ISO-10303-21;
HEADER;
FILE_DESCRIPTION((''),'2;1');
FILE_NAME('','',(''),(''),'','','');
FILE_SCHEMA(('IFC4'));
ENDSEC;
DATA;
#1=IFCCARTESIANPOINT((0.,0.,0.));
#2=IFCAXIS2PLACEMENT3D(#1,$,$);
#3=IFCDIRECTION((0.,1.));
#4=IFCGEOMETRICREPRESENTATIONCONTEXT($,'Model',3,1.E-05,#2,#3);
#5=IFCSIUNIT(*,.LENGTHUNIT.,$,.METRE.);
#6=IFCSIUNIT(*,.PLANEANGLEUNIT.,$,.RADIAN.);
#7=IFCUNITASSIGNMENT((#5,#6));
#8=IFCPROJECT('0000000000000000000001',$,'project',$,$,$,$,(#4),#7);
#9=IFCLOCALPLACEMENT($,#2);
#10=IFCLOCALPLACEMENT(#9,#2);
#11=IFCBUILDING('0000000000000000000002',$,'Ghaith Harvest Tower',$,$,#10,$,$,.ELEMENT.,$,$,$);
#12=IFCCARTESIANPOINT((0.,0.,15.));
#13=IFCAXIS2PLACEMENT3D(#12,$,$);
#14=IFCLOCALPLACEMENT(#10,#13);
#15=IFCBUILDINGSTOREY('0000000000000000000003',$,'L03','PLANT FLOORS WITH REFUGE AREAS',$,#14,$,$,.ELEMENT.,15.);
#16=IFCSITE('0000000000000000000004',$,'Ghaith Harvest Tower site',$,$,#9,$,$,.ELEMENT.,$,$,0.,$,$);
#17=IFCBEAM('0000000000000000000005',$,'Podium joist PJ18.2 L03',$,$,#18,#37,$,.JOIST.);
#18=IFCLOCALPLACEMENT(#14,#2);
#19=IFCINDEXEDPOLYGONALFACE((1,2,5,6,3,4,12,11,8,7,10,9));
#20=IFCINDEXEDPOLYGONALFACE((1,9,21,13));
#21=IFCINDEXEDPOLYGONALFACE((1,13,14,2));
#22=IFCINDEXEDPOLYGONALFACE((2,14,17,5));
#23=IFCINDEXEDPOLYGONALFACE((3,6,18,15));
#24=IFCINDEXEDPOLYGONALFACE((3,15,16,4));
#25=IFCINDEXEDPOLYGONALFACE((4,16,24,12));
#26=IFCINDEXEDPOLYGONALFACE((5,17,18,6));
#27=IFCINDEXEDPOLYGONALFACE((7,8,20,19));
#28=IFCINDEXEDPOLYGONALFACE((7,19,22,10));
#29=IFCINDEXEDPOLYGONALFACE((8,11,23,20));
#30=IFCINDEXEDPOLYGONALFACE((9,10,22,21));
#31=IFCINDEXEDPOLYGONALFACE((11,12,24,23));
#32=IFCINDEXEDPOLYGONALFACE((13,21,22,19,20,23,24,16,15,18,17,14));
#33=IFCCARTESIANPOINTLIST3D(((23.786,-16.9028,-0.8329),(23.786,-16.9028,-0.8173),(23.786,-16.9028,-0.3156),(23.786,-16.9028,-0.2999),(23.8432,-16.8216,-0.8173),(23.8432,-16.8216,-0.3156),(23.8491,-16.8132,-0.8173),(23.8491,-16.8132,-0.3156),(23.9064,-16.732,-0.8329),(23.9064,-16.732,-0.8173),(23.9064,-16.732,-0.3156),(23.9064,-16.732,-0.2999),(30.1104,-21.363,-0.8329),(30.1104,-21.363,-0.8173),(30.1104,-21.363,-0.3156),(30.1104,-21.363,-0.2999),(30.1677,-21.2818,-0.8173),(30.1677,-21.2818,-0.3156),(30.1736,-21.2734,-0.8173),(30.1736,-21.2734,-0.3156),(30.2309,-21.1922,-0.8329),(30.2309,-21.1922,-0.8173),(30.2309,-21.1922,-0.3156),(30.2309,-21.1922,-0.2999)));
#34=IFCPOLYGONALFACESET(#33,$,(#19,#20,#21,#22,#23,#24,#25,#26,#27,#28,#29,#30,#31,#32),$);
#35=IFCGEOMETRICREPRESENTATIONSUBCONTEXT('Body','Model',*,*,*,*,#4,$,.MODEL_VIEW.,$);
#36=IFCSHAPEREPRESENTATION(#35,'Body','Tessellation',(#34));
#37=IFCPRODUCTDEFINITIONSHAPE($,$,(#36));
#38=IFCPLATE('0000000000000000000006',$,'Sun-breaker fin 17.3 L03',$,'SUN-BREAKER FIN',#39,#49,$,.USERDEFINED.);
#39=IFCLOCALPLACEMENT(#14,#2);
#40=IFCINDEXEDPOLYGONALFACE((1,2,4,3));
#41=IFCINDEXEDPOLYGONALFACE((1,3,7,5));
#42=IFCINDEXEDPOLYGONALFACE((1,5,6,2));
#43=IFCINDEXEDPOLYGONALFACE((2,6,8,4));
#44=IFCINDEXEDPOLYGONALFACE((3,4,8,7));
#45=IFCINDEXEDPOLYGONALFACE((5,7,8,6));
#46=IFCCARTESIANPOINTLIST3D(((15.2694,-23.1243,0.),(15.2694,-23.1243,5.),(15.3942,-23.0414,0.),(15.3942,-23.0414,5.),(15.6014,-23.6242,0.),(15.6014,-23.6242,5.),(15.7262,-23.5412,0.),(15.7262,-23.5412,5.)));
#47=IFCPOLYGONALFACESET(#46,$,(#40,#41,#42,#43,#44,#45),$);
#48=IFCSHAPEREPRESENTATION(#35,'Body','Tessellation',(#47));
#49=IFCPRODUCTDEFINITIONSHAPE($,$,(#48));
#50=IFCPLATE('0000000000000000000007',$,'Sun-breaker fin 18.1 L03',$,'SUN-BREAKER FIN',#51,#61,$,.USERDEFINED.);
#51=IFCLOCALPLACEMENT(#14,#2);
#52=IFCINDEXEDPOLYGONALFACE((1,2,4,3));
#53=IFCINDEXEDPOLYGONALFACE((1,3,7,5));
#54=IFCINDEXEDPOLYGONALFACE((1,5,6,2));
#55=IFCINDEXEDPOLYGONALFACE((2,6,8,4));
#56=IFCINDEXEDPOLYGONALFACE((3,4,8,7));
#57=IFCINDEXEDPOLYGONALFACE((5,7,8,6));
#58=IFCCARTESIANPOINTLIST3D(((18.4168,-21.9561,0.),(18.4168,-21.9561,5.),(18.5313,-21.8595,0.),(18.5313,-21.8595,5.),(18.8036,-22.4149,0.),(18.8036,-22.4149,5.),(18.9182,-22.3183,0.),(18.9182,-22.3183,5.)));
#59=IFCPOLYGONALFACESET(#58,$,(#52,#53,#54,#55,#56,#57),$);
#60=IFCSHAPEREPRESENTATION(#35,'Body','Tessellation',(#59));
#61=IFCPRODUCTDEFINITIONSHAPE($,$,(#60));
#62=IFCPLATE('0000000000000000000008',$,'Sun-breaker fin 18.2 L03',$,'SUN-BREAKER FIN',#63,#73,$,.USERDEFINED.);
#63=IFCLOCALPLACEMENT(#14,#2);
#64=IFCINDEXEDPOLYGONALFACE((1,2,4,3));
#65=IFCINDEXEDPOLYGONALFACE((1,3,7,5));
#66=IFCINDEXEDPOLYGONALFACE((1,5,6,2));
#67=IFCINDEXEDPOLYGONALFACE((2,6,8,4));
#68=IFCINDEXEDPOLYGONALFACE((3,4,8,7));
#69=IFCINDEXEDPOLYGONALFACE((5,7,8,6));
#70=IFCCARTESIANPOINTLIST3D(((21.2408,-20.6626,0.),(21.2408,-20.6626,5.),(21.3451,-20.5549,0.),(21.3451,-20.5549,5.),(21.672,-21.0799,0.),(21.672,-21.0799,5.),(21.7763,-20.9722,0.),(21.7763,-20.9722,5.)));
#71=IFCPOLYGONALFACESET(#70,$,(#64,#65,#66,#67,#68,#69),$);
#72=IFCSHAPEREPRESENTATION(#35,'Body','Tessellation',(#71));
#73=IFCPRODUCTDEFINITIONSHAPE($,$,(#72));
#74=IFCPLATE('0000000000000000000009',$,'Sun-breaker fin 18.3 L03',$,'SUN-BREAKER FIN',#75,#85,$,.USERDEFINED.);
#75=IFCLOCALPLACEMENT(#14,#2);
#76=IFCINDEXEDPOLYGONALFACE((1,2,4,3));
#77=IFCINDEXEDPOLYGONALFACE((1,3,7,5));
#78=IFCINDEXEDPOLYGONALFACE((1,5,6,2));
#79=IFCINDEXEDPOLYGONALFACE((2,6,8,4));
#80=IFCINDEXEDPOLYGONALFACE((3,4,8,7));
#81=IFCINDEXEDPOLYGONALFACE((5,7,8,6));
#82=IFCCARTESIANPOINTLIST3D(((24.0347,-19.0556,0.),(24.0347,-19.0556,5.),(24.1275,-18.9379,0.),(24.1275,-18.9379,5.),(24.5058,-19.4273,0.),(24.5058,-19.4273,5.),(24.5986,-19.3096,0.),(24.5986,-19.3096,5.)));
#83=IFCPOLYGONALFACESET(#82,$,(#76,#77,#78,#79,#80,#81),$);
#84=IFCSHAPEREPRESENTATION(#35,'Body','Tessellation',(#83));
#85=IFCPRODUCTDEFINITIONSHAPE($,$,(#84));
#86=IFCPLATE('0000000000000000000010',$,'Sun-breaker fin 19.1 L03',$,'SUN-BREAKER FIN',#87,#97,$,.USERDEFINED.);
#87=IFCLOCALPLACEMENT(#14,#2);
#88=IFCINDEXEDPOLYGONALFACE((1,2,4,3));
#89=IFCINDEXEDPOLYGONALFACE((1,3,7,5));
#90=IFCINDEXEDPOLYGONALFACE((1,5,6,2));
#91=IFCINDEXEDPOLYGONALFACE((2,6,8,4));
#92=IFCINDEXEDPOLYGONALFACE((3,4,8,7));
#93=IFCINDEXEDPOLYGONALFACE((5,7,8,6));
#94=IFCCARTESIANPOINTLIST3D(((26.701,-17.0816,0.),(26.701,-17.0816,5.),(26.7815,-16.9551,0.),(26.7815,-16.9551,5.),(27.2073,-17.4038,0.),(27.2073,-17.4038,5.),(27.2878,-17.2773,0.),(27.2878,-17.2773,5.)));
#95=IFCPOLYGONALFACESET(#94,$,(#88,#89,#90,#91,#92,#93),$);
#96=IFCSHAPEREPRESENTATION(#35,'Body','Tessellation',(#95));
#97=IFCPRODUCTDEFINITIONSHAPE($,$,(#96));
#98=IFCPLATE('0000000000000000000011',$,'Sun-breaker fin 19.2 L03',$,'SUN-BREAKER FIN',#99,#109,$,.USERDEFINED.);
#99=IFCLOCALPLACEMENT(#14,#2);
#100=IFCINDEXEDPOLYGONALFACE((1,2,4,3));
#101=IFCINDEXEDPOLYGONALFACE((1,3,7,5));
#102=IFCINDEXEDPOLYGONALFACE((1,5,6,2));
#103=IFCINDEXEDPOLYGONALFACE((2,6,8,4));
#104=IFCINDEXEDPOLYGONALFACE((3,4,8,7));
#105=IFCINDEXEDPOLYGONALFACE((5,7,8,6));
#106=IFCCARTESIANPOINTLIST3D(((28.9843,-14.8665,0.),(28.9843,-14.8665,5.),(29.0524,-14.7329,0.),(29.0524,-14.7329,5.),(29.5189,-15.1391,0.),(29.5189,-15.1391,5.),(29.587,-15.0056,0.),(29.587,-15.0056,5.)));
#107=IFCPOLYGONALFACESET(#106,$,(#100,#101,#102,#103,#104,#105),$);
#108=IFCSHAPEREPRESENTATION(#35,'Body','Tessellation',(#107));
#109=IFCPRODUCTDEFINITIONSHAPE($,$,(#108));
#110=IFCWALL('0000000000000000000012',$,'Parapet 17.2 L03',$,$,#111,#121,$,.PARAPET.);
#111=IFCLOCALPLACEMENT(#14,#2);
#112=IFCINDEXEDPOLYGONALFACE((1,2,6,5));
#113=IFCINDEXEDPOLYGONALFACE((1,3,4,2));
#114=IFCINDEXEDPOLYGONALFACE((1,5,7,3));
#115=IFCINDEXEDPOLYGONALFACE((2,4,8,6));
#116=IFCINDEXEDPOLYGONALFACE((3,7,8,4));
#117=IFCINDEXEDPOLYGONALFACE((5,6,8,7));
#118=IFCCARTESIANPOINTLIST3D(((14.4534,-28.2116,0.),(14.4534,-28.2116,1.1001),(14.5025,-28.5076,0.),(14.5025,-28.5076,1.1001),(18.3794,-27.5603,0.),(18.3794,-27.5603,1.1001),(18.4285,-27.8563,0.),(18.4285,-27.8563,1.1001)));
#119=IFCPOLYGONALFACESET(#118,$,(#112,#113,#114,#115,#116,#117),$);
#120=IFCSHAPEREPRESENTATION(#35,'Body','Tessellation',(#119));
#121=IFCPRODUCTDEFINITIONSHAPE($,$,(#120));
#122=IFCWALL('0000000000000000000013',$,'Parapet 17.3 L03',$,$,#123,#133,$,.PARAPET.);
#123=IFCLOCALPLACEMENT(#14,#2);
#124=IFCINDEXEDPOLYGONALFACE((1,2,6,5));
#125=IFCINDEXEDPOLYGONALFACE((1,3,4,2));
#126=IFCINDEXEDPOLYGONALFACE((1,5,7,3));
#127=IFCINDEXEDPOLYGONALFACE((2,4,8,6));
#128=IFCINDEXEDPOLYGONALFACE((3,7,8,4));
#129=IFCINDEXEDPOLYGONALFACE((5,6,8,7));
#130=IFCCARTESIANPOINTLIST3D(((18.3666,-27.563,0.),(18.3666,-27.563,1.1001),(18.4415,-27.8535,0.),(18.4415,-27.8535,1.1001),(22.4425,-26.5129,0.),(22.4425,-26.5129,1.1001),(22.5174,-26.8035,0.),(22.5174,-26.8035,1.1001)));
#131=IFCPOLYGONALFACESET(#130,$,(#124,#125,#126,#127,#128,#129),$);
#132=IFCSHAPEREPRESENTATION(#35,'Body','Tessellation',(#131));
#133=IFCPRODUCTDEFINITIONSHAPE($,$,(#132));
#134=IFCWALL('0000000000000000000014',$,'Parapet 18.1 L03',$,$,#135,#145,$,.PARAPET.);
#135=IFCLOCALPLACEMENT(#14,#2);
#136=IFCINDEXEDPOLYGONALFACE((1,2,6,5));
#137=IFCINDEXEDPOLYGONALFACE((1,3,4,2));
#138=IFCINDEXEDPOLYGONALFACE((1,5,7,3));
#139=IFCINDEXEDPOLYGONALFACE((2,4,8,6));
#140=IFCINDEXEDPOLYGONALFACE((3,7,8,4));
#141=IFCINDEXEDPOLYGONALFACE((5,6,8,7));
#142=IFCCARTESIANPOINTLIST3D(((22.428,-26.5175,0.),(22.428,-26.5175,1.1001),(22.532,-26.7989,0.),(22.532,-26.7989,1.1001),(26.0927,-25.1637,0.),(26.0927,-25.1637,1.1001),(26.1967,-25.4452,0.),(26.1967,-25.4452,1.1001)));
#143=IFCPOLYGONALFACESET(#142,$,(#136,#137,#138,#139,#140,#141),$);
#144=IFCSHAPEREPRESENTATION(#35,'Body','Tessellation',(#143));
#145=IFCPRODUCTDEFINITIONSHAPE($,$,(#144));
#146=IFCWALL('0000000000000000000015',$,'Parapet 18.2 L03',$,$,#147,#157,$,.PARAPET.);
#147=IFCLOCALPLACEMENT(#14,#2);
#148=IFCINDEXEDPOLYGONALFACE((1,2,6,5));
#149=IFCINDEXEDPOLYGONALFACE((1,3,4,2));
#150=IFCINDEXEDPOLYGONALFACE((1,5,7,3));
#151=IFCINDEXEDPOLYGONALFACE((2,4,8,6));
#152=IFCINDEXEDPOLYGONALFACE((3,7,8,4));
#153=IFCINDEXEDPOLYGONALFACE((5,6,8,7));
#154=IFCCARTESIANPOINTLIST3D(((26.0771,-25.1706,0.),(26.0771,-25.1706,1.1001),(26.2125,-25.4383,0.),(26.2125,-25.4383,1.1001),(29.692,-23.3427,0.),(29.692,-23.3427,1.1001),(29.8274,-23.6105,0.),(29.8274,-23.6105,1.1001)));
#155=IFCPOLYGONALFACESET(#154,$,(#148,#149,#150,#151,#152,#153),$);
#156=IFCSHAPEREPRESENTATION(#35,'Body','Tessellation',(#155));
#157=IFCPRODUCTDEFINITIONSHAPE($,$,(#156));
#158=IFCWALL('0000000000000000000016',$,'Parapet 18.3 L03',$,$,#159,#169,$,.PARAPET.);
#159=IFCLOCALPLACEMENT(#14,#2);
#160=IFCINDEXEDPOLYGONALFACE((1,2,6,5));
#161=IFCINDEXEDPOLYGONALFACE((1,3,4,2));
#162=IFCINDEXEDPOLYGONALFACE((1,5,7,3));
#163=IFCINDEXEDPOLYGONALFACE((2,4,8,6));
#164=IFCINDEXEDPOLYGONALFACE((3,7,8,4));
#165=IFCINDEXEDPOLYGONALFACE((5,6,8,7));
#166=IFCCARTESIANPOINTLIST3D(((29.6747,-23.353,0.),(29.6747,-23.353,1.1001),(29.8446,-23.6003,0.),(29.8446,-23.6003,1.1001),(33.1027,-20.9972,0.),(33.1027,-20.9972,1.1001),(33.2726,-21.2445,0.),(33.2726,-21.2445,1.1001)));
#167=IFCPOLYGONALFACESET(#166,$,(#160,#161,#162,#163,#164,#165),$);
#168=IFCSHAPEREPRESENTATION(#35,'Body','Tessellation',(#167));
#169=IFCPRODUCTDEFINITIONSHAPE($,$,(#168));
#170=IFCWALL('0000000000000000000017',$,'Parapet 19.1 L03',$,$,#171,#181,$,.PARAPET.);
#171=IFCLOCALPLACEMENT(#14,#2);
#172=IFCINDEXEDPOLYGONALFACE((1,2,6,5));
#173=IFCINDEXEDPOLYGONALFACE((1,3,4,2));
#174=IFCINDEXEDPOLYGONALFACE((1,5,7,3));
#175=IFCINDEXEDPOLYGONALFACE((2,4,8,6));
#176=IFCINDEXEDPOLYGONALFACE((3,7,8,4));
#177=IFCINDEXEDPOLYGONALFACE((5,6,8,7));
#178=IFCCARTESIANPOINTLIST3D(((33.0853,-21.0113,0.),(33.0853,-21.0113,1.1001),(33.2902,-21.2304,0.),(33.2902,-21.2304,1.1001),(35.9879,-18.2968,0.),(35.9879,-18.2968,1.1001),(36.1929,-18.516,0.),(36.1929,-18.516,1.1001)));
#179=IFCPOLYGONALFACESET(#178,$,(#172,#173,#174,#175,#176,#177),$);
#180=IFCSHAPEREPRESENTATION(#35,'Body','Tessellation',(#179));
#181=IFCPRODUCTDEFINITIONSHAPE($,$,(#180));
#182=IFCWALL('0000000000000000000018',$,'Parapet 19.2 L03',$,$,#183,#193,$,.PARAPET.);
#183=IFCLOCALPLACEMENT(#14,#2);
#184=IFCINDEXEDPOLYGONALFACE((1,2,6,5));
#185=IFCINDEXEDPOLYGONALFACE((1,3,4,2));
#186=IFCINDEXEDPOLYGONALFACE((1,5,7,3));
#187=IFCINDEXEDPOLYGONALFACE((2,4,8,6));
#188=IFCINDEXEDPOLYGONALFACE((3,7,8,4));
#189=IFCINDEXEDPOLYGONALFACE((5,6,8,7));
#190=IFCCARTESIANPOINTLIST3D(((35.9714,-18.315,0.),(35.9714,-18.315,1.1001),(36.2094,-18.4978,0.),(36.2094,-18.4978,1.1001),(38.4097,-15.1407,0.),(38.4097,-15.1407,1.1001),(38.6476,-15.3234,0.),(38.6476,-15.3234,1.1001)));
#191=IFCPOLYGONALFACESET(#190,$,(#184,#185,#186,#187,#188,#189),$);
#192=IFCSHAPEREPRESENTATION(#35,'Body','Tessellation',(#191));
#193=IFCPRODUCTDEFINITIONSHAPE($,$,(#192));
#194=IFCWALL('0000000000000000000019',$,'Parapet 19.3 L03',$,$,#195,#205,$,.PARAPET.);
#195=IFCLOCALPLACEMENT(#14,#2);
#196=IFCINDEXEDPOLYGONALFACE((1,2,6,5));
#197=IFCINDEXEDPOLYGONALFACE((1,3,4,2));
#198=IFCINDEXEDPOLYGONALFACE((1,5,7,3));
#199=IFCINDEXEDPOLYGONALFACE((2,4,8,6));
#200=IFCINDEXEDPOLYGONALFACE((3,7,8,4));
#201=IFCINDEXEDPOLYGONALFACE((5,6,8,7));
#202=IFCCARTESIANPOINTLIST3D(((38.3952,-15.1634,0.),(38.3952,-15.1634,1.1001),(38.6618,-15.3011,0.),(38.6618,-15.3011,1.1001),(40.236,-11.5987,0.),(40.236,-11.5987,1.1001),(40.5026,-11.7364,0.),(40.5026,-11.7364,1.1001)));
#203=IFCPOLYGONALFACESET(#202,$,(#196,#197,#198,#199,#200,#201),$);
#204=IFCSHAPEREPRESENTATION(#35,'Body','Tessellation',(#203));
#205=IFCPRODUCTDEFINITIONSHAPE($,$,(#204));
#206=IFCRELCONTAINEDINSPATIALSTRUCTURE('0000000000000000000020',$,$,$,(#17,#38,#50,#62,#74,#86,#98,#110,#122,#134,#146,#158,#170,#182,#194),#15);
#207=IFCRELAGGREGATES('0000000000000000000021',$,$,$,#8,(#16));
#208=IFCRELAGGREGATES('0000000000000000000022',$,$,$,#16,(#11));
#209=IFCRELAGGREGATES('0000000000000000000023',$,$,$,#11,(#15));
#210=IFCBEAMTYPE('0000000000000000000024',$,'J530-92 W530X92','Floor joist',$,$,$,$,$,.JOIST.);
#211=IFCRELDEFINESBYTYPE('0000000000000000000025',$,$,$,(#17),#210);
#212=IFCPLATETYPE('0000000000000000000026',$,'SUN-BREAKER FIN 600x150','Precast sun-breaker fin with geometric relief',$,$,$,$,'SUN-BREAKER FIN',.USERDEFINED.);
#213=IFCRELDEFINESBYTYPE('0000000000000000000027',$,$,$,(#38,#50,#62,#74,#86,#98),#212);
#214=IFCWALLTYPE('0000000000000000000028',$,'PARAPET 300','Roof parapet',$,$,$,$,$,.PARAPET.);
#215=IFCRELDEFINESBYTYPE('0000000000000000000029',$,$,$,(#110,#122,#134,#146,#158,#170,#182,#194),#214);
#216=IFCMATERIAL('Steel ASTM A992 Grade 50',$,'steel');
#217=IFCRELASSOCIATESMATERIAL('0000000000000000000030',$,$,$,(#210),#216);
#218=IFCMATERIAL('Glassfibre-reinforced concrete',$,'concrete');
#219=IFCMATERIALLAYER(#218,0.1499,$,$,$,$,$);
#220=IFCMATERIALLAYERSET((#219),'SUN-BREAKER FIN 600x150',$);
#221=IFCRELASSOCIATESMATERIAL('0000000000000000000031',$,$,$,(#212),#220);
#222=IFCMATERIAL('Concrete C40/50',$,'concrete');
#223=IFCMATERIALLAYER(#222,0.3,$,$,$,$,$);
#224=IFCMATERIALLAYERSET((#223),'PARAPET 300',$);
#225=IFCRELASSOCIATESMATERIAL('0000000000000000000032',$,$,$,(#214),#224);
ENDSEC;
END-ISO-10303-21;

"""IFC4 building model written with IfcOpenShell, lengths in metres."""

from ifc_helpers import new_model, si_unit, direction, frame, frame_2d, origin, origin_2d, place, context, subcontext, project, spatial, rectangle, i_section, extrude, material, layer, layer_set, material_profile, profile_set, type_object, element, save


model = new_model("IFC4")

# Units and contexts
model_context = context("Model", 3, precision=1e-05, world=origin(), true_north=direction((0.0, 1.0)))
body_context = subcontext(model_context, "Body", "Model", "MODEL_VIEW")
ifc_project = project(units=[si_unit("LENGTHUNIT", "METRE"), si_unit("PLANEANGLEUNIT", "RADIAN")], contexts=[model_context])

# Site, building, storey
site_placement = place(None, origin())
site = spatial("IfcSite", under=ifc_project, at=site_placement, Name="Ghaith Harvest Tower site", CompositionType="ELEMENT", RefElevation=0.0)
building_placement = place(site_placement, origin())
building = spatial("IfcBuilding", under=site, at=building_placement, Name="Ghaith Harvest Tower", CompositionType="ELEMENT")
storey_placement = place(building_placement, frame((0.0, 0.0, 15.0)))
storey = spatial("IfcBuildingStorey", under=building, at=storey_placement, Name="L03", Description="PLANT FLOORS WITH REFUGE AREAS", CompositionType="ELEMENT", Elevation=15.0)

# Beam
ifc_material_1 = material(Name="Steel ASTM A992 Grade 50", Category="steel")
ifc_material_profile_1 = material_profile(ifc_material_1, i_section(OverallWidth=0.209, OverallDepth=0.533, WebThickness=0.0103, FlangeThickness=0.0156, at=origin_2d()), Name="W530X92")
ifc_profile_set_1 = profile_set([ifc_material_profile_1], Name="Steel ASTM A992 Grade 50")
beam_type_1 = type_object("IfcBeamType", Name="J530-92 W530X92", Description="Floor joist", PredefinedType="JOIST", material=ifc_profile_set_1)
beam_1_placement = place(storey_placement, frame((23.8462, -16.8174, -0.5664), z_axis=(0.817219, -0.576328, 0.0), x_axis=(0.576328, 0.817219, 0.0)))
element("IfcBeam", 1, at=beam_1_placement, inside=storey, type_object=beam_type_1, Name="Podium joist PJ18.2 L03", PredefinedType="JOIST", context=body_context, shape_type="SweptSolid", body=[
    extrude(i_section(OverallWidth=0.209, OverallDepth=0.533, WebThickness=0.0103, FlangeThickness=0.0156, at=origin_2d()), origin(), (0.0, 0.0, 1.0), 7.739),
])

# Plates
ifc_material_2 = material(Name="Glassfibre-reinforced concrete", Category="concrete")
ifc_layer_1 = layer(ifc_material_2, 0.1499)
ifc_layer_set_1 = layer_set([ifc_layer_1], Name="SUN-BREAKER FIN 600x150")
plate_type = type_object("IfcPlateType", Name="SUN-BREAKER FIN 600x150", Description="Precast sun-breaker fin with geometric relief", ElementType="SUN-BREAKER FIN", PredefinedType="USERDEFINED", material=ifc_layer_set_1)
for number, where, z_axis, x_axis, name in (
    (2, (15.4978, -23.3328, 0.0), (0.0, 0.0, 1.0), (0.553283, -0.832994, 0.0), "Sun-breaker fin 17.3 L03"),
    (3, (18.6675, -22.1372, 0.0), (0.0, 0.0, 1.0), (0.644657, -0.764472, 0.0), "Sun-breaker fin 18.1 L03"),
    (4, (21.5085, -20.8174, 0.0), (0.0, 0.0, 1.0), (0.718559, -0.695466, 0.0), "Sun-breaker fin 18.2 L03"),
    (5, (24.3167, -19.1826, 0.0), (0.0, 0.0, 1.0), (0.785115, -0.61935, 0.0), "Sun-breaker fin 18.3 L03"),
    (6, (26.9944, -17.1794, 0.0), (0.0, 0.0, 1.0), (0.843644, -0.536903, 0.0), "Sun-breaker fin 19.1 L03"),
    (7, (29.2856, -14.936, 0.0), (0.0, 0.0, 1.0), (0.890831, -0.454335, 0.0), "Sun-breaker fin 19.2 L03"),
):
    element("IfcPlate", number, at=place(storey_placement, frame(where, z_axis=z_axis, x_axis=x_axis)), inside=storey, type_object=plate_type, Name=name, ObjectType="SUN-BREAKER FIN", PredefinedType="USERDEFINED", context=body_context, shape_type="SweptSolid", body=[
        extrude(rectangle(XDim=0.6001, YDim=0.1499, at=origin_2d()), origin(), (0.0, 0.0, 1.0), 5.0),
    ])

# Walls
ifc_material_3 = material(Name="Concrete C40/50", Category="concrete")
ifc_layer_2 = layer(ifc_material_3, 0.3)
ifc_layer_set_2 = layer_set([ifc_layer_2], Name="PARAPET 300")
wall_type_1 = type_object("IfcWallType", Name="PARAPET 300", Description="Roof parapet", PredefinedType="PARAPET", material=ifc_layer_set_2)
wall_1_placement = place(storey_placement, frame((14.478, -28.3596, 0.0), z_axis=(0.0, 0.0, 1.0), x_axis=(0.986515, 0.163673, 0.0)))
element("IfcWall", 8, at=wall_1_placement, inside=storey, type_object=wall_type_1, Name="Parapet 17.2 L03", PredefinedType="PARAPET", context=body_context, shape_type="SweptSolid", body=[
    extrude(rectangle(XDim=3.9797, YDim=0.3, at=frame_2d((1.9897, 0.0))), origin(), (0.0, 0.0, 1.0), 1.1001),
])
wall_2_placement = place(storey_placement, frame((18.4041, -27.7083, 0.0), z_axis=(0.0, 0.0, 1.0), x_axis=(0.968381, 0.249476, 0.0)))
element("IfcWall", 9, at=wall_2_placement, inside=storey, type_object=wall_type_1, Name="Parapet 17.3 L03", PredefinedType="PARAPET", context=body_context, shape_type="SweptSolid", body=[
    extrude(rectangle(XDim=4.209, YDim=0.3, at=frame_2d((2.1045, 0.0))), origin(), (0.0, 0.0, 1.0), 1.1001),
])
wall_3_placement = place(storey_placement, frame((22.48, -26.6582, 0.0), z_axis=(0.0, 0.0, 1.0), x_axis=(0.938046, 0.34651, 0.0)))
element("IfcWall", 10, at=wall_3_placement, inside=storey, type_object=wall_type_1, Name="Parapet 18.1 L03", PredefinedType="PARAPET", context=body_context, shape_type="SweptSolid", body=[
    extrude(rectangle(XDim=3.9067, YDim=0.3, at=frame_2d((1.9534, 0.0))), origin(), (0.0, 0.0, 1.0), 1.1001),
])
wall_4_placement = place(storey_placement, frame((26.1448, -25.3044, 0.0), z_axis=(0.0, 0.0, 1.0), x_axis=(0.892405, 0.451235, 0.0)))
element("IfcWall", 11, at=wall_4_placement, inside=storey, type_object=wall_type_1, Name="Parapet 18.2 L03", PredefinedType="PARAPET", context=body_context, shape_type="SweptSolid", body=[
    extrude(rectangle(XDim=4.0508, YDim=0.3, at=frame_2d((2.0254, 0.0))), origin(), (0.0, 0.0, 1.0), 1.1001),
])
wall_5_placement = place(storey_placement, frame((29.7598, -23.4766, 0.0), z_axis=(0.0, 0.0, 1.0), x_axis=(0.824157, 0.566362, 0.0)))
element("IfcWall", 12, at=wall_5_placement, inside=storey, type_object=wall_type_1, Name="Parapet 18.3 L03", PredefinedType="PARAPET", context=body_context, shape_type="SweptSolid", body=[
    extrude(rectangle(XDim=4.1594, YDim=0.3, at=frame_2d((2.0796, 0.0))), origin(), (0.0, 0.0, 1.0), 1.1001),
])
wall_6_placement = place(storey_placement, frame((33.1877, -21.1208, 0.0), z_axis=(0.0, 0.0, 1.0), x_axis=(0.730393, 0.683027, 0.0)))
element("IfcWall", 13, at=wall_6_placement, inside=storey, type_object=wall_type_1, Name="Parapet 19.1 L03", PredefinedType="PARAPET", context=body_context, shape_type="SweptSolid", body=[
    extrude(rectangle(XDim=3.9741, YDim=0.3, at=frame_2d((1.9871, 0.0))), origin(), (0.0, 0.0, 1.0), 1.1001),
])
wall_7_placement = place(storey_placement, frame((36.0903, -18.4065, 0.0), z_axis=(0.0, 0.0, 1.0), x_axis=(0.609153, 0.793052, 0.0)))
element("IfcWall", 14, at=wall_7_placement, inside=storey, type_object=wall_type_1, Name="Parapet 19.2 L03", PredefinedType="PARAPET", context=body_context, shape_type="SweptSolid", body=[
    extrude(rectangle(XDim=4.0027, YDim=0.3, at=frame_2d((2.0015, 0.0))), origin(), (0.0, 0.0, 1.0), 1.1001),
])
wall_8_placement = place(storey_placement, frame((38.5286, -15.2322, 0.0), z_axis=(0.0, 0.0, 1.0), x_axis=(0.458835, 0.888521, 0.0)))
element("IfcWall", 15, at=wall_8_placement, inside=storey, type_object=wall_type_1, Name="Parapet 19.3 L03", PredefinedType="PARAPET", context=body_context, shape_type="SweptSolid", body=[
    extrude(rectangle(XDim=4.012, YDim=0.3, at=frame_2d((2.0059, 0.0))), origin(), (0.0, 0.0, 1.0), 1.1001),
])

save(model, "model.ifc")
